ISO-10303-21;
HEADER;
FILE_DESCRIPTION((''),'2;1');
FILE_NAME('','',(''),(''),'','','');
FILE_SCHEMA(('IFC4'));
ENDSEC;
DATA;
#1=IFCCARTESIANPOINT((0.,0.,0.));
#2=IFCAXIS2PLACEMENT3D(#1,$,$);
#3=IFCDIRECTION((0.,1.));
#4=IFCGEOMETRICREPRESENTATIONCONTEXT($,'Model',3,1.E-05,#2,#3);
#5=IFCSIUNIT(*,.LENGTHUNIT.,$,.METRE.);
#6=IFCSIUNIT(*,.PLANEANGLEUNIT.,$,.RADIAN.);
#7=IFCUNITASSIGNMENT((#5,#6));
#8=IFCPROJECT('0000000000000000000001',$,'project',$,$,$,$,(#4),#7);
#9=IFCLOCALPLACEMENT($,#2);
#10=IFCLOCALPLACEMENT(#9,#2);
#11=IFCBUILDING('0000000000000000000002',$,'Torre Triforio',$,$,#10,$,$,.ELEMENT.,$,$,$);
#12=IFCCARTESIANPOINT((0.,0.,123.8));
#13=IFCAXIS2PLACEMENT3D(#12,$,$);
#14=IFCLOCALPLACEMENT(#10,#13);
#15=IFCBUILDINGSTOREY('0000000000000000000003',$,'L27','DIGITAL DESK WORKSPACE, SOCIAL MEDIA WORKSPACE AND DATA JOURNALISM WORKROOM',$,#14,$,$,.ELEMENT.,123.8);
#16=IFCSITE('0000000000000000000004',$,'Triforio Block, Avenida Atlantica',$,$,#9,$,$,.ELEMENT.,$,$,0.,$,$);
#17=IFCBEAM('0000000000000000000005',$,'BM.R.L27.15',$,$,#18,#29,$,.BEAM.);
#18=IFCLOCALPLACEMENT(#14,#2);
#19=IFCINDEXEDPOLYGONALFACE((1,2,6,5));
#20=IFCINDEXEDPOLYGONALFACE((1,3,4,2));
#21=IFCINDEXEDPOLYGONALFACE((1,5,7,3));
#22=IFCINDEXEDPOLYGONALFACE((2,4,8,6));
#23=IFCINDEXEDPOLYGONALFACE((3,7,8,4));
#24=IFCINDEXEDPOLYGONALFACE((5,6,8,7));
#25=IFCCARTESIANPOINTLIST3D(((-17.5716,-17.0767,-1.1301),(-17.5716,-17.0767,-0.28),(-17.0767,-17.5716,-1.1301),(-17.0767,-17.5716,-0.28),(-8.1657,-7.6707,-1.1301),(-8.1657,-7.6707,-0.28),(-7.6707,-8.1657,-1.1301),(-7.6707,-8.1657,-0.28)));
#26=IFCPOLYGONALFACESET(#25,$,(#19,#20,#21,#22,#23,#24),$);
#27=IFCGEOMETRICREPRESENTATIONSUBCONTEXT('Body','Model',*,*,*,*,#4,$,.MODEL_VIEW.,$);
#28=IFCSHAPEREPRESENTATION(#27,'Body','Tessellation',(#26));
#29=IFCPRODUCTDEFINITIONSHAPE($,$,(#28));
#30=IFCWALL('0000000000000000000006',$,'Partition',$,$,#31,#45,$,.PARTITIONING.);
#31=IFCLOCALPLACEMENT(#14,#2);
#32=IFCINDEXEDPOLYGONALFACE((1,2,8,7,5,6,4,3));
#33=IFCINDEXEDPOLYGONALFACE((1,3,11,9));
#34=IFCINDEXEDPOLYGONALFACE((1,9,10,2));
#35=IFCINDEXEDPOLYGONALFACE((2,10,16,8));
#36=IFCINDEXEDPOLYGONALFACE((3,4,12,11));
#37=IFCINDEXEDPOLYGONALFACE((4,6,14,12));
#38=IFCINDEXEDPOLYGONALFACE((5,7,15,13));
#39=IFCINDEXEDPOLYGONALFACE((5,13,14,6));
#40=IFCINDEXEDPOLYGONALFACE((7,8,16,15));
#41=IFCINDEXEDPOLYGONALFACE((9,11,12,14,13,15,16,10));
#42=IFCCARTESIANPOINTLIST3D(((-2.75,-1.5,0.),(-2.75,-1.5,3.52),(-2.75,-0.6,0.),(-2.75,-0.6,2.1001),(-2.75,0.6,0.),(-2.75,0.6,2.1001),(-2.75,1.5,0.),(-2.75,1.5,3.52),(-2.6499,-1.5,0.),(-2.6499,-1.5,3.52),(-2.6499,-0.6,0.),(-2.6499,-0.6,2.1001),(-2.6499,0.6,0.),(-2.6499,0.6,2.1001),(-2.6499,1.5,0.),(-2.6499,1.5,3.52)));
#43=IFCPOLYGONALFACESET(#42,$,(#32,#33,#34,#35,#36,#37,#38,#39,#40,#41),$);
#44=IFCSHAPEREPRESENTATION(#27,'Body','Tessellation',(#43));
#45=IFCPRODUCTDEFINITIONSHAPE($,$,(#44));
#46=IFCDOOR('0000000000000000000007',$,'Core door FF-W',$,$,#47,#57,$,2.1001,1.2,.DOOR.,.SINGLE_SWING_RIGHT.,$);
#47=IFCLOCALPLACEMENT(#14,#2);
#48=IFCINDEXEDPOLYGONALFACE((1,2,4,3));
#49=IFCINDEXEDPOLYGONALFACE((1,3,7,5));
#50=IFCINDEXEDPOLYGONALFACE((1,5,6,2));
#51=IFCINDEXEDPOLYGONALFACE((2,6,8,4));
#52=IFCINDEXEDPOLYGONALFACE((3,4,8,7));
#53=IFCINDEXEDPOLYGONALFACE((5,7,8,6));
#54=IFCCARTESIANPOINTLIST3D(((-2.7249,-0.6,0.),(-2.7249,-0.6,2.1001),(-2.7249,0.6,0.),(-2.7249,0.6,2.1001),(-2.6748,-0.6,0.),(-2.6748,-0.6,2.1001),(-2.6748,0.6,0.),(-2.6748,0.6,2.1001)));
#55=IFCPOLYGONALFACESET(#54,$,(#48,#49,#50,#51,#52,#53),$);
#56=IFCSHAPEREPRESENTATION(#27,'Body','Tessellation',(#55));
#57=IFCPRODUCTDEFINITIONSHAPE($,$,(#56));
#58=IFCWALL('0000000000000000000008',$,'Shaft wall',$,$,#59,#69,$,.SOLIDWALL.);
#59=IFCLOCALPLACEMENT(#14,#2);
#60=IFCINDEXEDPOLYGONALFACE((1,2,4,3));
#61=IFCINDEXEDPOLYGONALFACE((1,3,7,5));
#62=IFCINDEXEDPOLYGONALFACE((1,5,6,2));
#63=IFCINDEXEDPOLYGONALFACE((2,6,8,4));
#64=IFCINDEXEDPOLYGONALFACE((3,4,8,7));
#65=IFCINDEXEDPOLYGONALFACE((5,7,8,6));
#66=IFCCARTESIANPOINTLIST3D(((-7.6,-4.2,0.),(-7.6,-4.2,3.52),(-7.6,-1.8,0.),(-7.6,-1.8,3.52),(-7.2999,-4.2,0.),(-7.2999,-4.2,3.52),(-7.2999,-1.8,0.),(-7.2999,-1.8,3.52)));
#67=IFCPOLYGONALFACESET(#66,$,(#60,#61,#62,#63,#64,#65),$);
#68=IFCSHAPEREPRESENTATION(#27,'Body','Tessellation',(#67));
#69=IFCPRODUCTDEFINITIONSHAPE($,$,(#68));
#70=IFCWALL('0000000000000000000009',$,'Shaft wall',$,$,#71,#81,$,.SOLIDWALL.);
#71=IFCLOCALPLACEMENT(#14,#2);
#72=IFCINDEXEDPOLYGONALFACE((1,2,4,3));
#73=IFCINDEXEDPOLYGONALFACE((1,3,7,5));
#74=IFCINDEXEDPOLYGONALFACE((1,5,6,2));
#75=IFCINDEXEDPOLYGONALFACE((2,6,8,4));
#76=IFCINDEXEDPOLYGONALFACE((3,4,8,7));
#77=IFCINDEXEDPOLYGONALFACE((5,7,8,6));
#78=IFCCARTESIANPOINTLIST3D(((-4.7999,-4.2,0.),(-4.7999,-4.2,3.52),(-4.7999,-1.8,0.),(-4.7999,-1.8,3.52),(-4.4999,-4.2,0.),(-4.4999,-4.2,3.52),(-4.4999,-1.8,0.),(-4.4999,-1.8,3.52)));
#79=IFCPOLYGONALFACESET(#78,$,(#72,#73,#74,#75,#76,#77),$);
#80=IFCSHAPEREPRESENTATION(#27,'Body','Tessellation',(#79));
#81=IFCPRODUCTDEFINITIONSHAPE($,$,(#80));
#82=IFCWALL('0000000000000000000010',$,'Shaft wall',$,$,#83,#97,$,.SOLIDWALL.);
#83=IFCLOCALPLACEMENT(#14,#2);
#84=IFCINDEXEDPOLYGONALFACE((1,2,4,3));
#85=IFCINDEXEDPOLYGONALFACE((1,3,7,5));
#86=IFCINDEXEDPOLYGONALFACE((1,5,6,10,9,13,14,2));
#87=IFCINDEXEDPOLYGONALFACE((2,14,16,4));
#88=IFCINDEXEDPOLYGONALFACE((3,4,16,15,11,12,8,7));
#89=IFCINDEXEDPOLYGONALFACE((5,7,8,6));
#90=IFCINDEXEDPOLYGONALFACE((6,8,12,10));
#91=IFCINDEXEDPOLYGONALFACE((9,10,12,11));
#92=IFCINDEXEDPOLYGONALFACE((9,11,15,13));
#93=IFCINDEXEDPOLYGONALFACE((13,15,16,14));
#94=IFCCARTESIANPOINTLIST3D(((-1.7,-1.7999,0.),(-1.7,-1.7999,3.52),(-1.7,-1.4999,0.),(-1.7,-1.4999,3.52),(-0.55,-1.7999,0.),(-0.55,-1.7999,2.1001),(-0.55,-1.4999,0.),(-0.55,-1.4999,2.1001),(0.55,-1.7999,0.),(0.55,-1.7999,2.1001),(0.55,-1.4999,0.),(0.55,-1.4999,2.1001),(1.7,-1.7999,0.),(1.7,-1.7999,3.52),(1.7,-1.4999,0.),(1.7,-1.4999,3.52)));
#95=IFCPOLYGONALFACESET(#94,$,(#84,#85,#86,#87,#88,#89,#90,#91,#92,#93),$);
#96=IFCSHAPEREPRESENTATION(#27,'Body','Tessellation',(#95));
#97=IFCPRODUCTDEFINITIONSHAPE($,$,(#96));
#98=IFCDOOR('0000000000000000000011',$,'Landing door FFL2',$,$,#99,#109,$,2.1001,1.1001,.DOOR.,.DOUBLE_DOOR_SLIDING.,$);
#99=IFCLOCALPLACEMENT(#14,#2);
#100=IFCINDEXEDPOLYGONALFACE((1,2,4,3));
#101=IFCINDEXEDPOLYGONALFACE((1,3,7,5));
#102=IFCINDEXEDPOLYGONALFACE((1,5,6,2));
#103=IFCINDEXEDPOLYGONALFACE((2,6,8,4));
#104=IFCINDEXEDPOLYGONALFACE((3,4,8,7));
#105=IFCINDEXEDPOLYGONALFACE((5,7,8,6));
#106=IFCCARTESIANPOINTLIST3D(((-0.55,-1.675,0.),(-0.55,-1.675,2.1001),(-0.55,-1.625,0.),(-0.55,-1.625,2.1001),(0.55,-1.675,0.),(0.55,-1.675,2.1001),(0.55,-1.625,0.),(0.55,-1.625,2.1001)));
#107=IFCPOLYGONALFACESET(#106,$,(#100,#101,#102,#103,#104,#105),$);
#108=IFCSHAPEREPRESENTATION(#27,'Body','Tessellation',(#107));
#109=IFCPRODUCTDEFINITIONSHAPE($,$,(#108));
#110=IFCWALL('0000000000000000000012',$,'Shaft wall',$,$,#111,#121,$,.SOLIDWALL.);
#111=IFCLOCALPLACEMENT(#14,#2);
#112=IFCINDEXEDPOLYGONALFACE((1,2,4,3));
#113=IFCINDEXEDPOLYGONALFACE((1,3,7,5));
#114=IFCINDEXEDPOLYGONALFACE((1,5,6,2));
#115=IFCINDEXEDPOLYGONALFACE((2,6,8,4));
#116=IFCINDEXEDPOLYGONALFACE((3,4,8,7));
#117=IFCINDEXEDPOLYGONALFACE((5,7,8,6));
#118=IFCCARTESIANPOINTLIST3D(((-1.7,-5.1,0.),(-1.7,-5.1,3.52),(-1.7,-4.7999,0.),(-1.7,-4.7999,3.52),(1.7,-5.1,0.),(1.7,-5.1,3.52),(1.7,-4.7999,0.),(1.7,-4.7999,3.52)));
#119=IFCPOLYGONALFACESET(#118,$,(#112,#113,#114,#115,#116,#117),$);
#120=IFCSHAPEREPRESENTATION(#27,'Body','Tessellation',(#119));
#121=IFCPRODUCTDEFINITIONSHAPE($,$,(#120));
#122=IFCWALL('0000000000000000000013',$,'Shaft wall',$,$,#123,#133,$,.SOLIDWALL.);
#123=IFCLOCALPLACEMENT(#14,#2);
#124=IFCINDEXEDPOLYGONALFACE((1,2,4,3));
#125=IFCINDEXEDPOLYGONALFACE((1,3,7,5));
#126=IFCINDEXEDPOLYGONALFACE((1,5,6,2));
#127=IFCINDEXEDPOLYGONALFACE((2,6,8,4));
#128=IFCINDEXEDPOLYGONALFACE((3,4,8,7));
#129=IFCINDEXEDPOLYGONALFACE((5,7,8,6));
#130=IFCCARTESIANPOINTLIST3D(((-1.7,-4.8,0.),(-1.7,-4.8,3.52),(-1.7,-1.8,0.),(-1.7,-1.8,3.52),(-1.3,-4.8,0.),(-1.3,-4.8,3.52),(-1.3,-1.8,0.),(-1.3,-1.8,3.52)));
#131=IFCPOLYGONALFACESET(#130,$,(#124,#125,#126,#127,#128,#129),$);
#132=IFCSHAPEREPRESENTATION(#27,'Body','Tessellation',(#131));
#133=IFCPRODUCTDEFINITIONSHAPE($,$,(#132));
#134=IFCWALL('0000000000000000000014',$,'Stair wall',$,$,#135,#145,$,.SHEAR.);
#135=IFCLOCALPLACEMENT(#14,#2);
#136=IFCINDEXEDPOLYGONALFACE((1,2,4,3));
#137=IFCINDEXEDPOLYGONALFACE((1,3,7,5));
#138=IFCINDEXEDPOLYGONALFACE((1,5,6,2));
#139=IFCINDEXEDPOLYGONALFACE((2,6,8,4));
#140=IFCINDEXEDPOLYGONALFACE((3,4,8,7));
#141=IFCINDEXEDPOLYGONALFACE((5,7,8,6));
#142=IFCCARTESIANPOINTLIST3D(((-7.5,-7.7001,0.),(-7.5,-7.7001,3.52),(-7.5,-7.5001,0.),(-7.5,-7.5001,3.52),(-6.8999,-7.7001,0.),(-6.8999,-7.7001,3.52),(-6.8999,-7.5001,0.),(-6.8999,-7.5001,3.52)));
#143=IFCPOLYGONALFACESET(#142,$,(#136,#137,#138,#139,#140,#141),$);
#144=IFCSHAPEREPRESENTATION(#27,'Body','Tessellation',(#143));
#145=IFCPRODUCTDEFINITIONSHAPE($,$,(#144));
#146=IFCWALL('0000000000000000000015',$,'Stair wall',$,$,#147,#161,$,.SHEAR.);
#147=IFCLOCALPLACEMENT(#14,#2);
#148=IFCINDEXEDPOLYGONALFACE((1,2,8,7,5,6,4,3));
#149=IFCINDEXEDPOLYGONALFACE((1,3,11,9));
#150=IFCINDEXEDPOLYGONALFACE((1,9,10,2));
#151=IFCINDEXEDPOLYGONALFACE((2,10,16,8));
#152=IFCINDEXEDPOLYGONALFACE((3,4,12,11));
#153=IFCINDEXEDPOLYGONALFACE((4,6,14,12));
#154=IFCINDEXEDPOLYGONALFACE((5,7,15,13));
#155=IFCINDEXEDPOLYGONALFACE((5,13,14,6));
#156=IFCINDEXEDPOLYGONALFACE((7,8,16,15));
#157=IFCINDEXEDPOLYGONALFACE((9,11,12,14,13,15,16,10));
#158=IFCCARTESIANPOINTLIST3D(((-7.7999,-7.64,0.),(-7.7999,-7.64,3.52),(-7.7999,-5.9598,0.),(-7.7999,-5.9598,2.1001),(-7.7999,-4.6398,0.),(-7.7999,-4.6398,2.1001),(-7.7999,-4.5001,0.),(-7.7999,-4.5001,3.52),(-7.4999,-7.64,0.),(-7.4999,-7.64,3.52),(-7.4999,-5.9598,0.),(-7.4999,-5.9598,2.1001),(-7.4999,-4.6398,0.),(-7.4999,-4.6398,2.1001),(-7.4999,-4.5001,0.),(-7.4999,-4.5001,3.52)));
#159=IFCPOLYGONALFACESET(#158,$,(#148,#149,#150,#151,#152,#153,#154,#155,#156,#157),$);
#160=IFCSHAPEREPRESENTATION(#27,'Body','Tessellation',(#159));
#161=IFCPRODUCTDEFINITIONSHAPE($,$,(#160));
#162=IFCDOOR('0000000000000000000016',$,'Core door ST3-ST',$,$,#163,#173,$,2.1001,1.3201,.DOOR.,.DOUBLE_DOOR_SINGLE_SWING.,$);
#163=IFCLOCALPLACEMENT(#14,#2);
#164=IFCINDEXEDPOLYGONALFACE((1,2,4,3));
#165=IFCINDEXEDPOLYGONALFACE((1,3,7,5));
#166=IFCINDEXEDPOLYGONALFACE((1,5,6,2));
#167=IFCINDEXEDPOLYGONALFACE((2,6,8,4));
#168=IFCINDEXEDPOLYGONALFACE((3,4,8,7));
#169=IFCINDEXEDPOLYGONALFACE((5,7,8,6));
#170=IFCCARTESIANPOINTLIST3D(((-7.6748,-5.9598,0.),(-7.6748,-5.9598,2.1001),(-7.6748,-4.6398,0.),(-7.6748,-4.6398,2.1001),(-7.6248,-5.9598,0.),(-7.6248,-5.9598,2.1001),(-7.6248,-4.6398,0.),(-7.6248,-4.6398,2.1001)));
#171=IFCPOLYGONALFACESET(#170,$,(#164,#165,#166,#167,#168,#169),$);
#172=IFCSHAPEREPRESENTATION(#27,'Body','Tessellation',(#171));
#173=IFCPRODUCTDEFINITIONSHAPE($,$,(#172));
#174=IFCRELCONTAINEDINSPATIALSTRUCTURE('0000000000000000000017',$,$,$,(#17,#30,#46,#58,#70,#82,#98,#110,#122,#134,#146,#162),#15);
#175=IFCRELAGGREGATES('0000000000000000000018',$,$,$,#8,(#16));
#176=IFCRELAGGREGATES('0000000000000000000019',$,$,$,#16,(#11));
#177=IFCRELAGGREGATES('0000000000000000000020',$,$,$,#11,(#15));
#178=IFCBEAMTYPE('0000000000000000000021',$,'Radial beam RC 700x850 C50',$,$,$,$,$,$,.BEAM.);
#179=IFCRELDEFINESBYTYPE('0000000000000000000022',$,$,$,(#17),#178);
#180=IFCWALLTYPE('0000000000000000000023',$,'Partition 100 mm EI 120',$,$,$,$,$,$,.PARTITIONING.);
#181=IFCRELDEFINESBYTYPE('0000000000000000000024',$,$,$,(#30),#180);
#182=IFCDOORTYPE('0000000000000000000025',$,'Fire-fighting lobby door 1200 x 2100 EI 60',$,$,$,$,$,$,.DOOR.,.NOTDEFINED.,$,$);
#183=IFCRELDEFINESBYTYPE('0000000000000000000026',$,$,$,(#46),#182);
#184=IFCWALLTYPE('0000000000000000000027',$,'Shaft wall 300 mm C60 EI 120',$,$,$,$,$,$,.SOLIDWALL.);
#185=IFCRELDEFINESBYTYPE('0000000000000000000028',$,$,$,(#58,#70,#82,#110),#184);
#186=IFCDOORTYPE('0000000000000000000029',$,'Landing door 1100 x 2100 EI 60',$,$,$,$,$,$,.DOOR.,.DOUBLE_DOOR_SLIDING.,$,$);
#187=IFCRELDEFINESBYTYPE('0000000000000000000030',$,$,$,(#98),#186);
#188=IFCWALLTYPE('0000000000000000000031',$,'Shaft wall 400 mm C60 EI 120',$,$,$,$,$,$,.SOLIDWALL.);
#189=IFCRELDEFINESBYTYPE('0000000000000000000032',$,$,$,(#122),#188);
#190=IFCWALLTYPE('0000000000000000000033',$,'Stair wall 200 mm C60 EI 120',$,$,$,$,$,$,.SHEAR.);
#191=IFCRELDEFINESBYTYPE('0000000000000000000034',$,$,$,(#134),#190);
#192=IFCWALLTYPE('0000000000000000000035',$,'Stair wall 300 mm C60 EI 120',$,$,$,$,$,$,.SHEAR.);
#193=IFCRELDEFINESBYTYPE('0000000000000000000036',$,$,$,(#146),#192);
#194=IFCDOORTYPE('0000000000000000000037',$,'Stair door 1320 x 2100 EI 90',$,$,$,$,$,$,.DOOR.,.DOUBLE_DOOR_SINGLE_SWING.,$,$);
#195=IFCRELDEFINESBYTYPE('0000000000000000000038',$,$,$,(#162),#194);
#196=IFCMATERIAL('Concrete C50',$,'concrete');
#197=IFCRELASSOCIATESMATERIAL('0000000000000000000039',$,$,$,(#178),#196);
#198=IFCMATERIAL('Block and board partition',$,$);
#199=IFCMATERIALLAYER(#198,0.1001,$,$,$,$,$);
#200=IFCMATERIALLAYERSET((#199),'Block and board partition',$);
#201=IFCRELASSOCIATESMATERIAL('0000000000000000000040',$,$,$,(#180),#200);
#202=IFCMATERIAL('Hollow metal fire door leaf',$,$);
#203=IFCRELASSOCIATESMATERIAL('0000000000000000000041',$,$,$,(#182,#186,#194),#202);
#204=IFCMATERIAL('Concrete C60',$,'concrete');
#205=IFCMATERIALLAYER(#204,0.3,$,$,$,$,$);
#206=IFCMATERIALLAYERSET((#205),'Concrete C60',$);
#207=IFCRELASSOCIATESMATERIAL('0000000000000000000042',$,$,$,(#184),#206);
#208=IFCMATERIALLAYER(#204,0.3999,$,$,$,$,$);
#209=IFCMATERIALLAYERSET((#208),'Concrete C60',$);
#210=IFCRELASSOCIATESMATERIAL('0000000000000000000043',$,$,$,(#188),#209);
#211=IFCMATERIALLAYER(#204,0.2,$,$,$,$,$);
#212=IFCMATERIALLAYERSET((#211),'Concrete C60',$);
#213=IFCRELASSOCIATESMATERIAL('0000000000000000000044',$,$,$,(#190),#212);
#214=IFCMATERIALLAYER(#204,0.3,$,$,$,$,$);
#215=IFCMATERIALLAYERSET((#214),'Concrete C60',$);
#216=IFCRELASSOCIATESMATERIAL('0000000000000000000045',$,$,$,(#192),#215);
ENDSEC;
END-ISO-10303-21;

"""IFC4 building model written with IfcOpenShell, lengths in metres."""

from ifc_helpers import new_model, si_unit, direction, frame, frame_2d, origin, origin_2d, place, context, subcontext, project, spatial, rectangle, extrude, material, layer, layer_set, material_profile, profile_set, type_object, element, fill, save


model = new_model("IFC4")

# Units and contexts
model_context = context("Model", 3, precision=1e-05, world=origin(), true_north=direction((0.0, 1.0)))
body_context = subcontext(model_context, "Body", "Model", "MODEL_VIEW")
ifc_project = project(units=[si_unit("LENGTHUNIT", "METRE"), si_unit("PLANEANGLEUNIT", "RADIAN")], contexts=[model_context])

# Site, building, storey
site_placement = place(None, origin())
site = spatial("IfcSite", under=ifc_project, at=site_placement, Name="Triforio Block, Avenida Atlantica", CompositionType="ELEMENT", RefElevation=0.0)
building_placement = place(site_placement, origin())
building = spatial("IfcBuilding", under=site, at=building_placement, Name="Torre Triforio", CompositionType="ELEMENT")
storey_placement = place(building_placement, frame((0.0, 0.0, 123.8)))
storey = spatial("IfcBuildingStorey", under=building, at=storey_placement, Name="L27", Description="DIGITAL DESK WORKSPACE, SOCIAL MEDIA WORKSPACE AND DATA JOURNALISM WORKROOM", CompositionType="ELEMENT", Elevation=123.8)

# Beam
ifc_material_1 = material(Name="Concrete C50", Category="concrete")
ifc_material_profile = material_profile(ifc_material_1, rectangle(XDim=0.7, YDim=0.8501, at=origin_2d()), Name="RC 700x850")
ifc_profile_set = profile_set([ifc_material_profile], Name="Concrete C50")
beam_type = type_object("IfcBeamType", Name="Radial beam RC 700x850 C50", PredefinedType="BEAM", material=ifc_profile_set)
beam_placement = place(storey_placement, frame((-7.9182, -7.9182, -0.7051), z_axis=(-0.707107, -0.707107, 0.0), x_axis=(0.707107, -0.707107, 0.0)))
element("IfcBeam", 1, at=beam_placement, inside=storey, type_object=beam_type, Name="BM.R.L27.15", PredefinedType="BEAM", context=body_context, shape_type="SweptSolid", body=[
    extrude(rectangle(XDim=0.7, YDim=0.8501, at=origin_2d()), origin(), (0.0, 0.0, 1.0), 13.302),
])

# Wall, opening, door
ifc_material_2 = material(Name="Block and board partition")
ifc_layer_1 = layer(ifc_material_2, 0.1001)
ifc_layer_set_1 = layer_set([ifc_layer_1], Name="Block and board partition")
wall_type_1 = type_object("IfcWallType", Name="Partition 100 mm EI 120", PredefinedType="PARTITIONING", material=ifc_layer_set_1)
wall_1_placement = place(storey_placement, frame((-2.7, -1.5, 0.0), z_axis=(0.0, 0.0, 1.0), x_axis=(0.0, 1.0, 0.0)))
wall_1 = element("IfcWall", 2, at=wall_1_placement, inside=storey, type_object=wall_type_1, Name="Partition", PredefinedType="PARTITIONING", context=body_context, shape_type="SweptSolid", body=[
    extrude(rectangle(XDim=3.0, YDim=0.1001, at=frame_2d((1.5, 0.0))), origin(), (0.0, 0.0, 1.0), 3.52),
])
opening_1_placement = place(wall_1_placement, frame((0.8999, 0.0, 0.0)))
opening_1 = element("IfcOpeningElement", 3, at=opening_1_placement, cuts=wall_1, PredefinedType="OPENING", context=body_context, shape_type="SweptSolid", body=[
    extrude(rectangle(XDim=1.2, YDim=2.1001, at=frame_2d((0.6001, 1.05))), frame((0.0, 0.0601, 0.0), z_axis=(0.0, -1.0, 0.0), x_axis=(1.0, 0.0, 0.0)), (0.0, 0.0, 1.0), 0.1201),
])
ifc_material_3 = material(Name="Hollow metal fire door leaf")
door_type_1 = type_object("IfcDoorType", Name="Fire-fighting lobby door 1200 x 2100 EI 60", OperationType="NOTDEFINED", PredefinedType="DOOR", material=ifc_material_3)
door_1_placement = place(opening_1_placement, origin())
door_1 = element("IfcDoor", 4, at=door_1_placement, inside=storey, type_object=door_type_1, Name="Core door FF-W", OperationType="SINGLE_SWING_RIGHT", OverallHeight=2.1001, OverallWidth=1.2, PredefinedType="DOOR", context=body_context, shape_type="SweptSolid", body=[
    extrude(rectangle(XDim=1.2, YDim=2.1001, at=frame_2d((0.6001, 1.05))), frame((0.0, 0.0249, 0.0), z_axis=(0.0, -1.0, 0.0), x_axis=(1.0, 0.0, 0.0)), (0.0, 0.0, 1.0), 0.05),
])
fill(opening_1, door_1)

# Walls
ifc_material_4 = material(Name="Concrete C60", Category="concrete")
ifc_layer_2 = layer(ifc_material_4, 0.3)
ifc_layer_set_2 = layer_set([ifc_layer_2], Name="Concrete C60")
wall_type_2 = type_object("IfcWallType", Name="Shaft wall 300 mm C60 EI 120", PredefinedType="SOLIDWALL", material=ifc_layer_set_2)
for number, where, z_axis, x_axis, name in (
    (5, (-7.45, -4.2, 0.0), (0.0, 0.0, 1.0), (0.0, 1.0, 0.0), "Shaft wall"),
    (6, (-4.6499, -4.2, 0.0), (0.0, 0.0, 1.0), (0.0, 1.0, 0.0), "Shaft wall"),
):
    element("IfcWall", number, at=place(storey_placement, frame(where, z_axis=z_axis, x_axis=x_axis)), inside=storey, type_object=wall_type_2, Name=name, PredefinedType="SOLIDWALL", context=body_context, shape_type="SweptSolid", body=[
        extrude(rectangle(XDim=2.3999, YDim=0.3, at=frame_2d((1.2, 0.0))), origin(), (0.0, 0.0, 1.0), 3.52),
    ])

# Wall, opening, door
wall_2_placement = place(storey_placement, frame((-1.7, -1.6499, 0.0), z_axis=(0.0, 0.0, 1.0), x_axis=(1.0, 0.0, 0.0)))
wall_2 = element("IfcWall", 7, at=wall_2_placement, inside=storey, type_object=wall_type_2, Name="Shaft wall", PredefinedType="SOLIDWALL", context=body_context, shape_type="SweptSolid", body=[
    extrude(rectangle(XDim=3.3999, YDim=0.3, at=frame_2d((1.7, 0.0))), origin(), (0.0, 0.0, 1.0), 3.52),
])
opening_2_placement = place(wall_2_placement, frame((1.1499, 0.0, 0.0)))
opening_2 = element("IfcOpeningElement", 8, at=opening_2_placement, cuts=wall_2, PredefinedType="OPENING", context=body_context, shape_type="SweptSolid", body=[
    extrude(rectangle(XDim=1.1001, YDim=2.1001, at=frame_2d((0.55, 1.05))), frame((0.0, 0.1599, 0.0), z_axis=(0.0, -1.0, 0.0), x_axis=(1.0, 0.0, 0.0)), (0.0, 0.0, 1.0), 0.3201),
])
door_type_2 = type_object("IfcDoorType", Name="Landing door 1100 x 2100 EI 60", OperationType="DOUBLE_DOOR_SLIDING", PredefinedType="DOOR", material=ifc_material_3)
door_2_placement = place(opening_2_placement, origin())
door_2 = element("IfcDoor", 9, at=door_2_placement, inside=storey, type_object=door_type_2, Name="Landing door FFL2", OperationType="DOUBLE_DOOR_SLIDING", OverallHeight=2.1001, OverallWidth=1.1001, PredefinedType="DOOR", context=body_context, shape_type="SweptSolid", body=[
    extrude(rectangle(XDim=1.1001, YDim=2.1001, at=frame_2d((0.55, 1.05))), frame((0.0, 0.0249, 0.0), z_axis=(0.0, -1.0, 0.0), x_axis=(1.0, 0.0, 0.0)), (0.0, 0.0, 1.0), 0.05),
])
fill(opening_2, door_2)

# Walls
wall_3_placement = place(storey_placement, frame((-1.7, -4.95, 0.0), z_axis=(0.0, 0.0, 1.0), x_axis=(1.0, 0.0, 0.0)))
element("IfcWall", 10, at=wall_3_placement, inside=storey, type_object=wall_type_2, Name="Shaft wall", PredefinedType="SOLIDWALL", context=body_context, shape_type="SweptSolid", body=[
    extrude(rectangle(XDim=3.3999, YDim=0.3, at=frame_2d((1.7, 0.0))), origin(), (0.0, 0.0, 1.0), 3.52),
])
ifc_layer_3 = layer(ifc_material_4, 0.3999)
ifc_layer_set_3 = layer_set([ifc_layer_3], Name="Concrete C60")
wall_type_3 = type_object("IfcWallType", Name="Shaft wall 400 mm C60 EI 120", PredefinedType="SOLIDWALL", material=ifc_layer_set_3)
wall_4_placement = place(storey_placement, frame((-1.5, -4.8, 0.0), z_axis=(0.0, 0.0, 1.0), x_axis=(0.0, 1.0, 0.0)))
element("IfcWall", 11, at=wall_4_placement, inside=storey, type_object=wall_type_3, Name="Shaft wall", PredefinedType="SOLIDWALL", context=body_context, shape_type="SweptSolid", body=[
    extrude(rectangle(XDim=3.0, YDim=0.3999, at=frame_2d((1.5, 0.0))), origin(), (0.0, 0.0, 1.0), 3.52),
])
ifc_layer_4 = layer(ifc_material_4, 0.2)
ifc_layer_set_4 = layer_set([ifc_layer_4], Name="Concrete C60")
wall_type_4 = type_object("IfcWallType", Name="Stair wall 200 mm C60 EI 120", PredefinedType="SHEAR", material=ifc_layer_set_4)
wall_5_placement = place(storey_placement, frame((-7.5, -7.6001, 0.0), z_axis=(0.0, 0.0, 1.0), x_axis=(1.0, 0.0, 0.0)))
element("IfcWall", 12, at=wall_5_placement, inside=storey, type_object=wall_type_4, Name="Stair wall", PredefinedType="SHEAR", context=body_context, shape_type="SweptSolid", body=[
    extrude(rectangle(XDim=0.6001, YDim=0.2, at=frame_2d((0.3, 0.0))), origin(), (0.0, 0.0, 1.0), 3.52),
])

# Wall, opening, door
ifc_layer_5 = layer(ifc_material_4, 0.3)
ifc_layer_set_5 = layer_set([ifc_layer_5], Name="Concrete C60")
wall_type_5 = type_object("IfcWallType", Name="Stair wall 300 mm C60 EI 120", PredefinedType="SHEAR", material=ifc_layer_set_5)
wall_6_placement = place(storey_placement, frame((-7.6499, -7.6399, 0.0), z_axis=(0.0, 0.0, 1.0), x_axis=(0.0, 1.0, 0.0)))
wall_6 = element("IfcWall", 13, at=wall_6_placement, inside=storey, type_object=wall_type_5, Name="Stair wall", PredefinedType="SHEAR", context=body_context, shape_type="SweptSolid", body=[
    extrude(rectangle(XDim=3.1399, YDim=0.3, at=frame_2d((1.5698, 0.0))), origin(), (0.0, 0.0, 1.0), 3.52),
])
opening_3_placement = place(wall_6_placement, frame((1.6799, 0.0, 0.0)))
opening_3 = element("IfcOpeningElement", 14, at=opening_3_placement, cuts=wall_6, PredefinedType="OPENING", context=body_context, shape_type="SweptSolid", body=[
    extrude(rectangle(XDim=1.3201, YDim=2.1001, at=frame_2d((0.6602, 1.05))), frame((0.0, 0.1599, 0.0), z_axis=(0.0, -1.0, 0.0), x_axis=(1.0, 0.0, 0.0)), (0.0, 0.0, 1.0), 0.3201),
])
door_type_3 = type_object("IfcDoorType", Name="Stair door 1320 x 2100 EI 90", OperationType="DOUBLE_DOOR_SINGLE_SWING", PredefinedType="DOOR", material=ifc_material_3)
door_3_placement = place(opening_3_placement, origin())
door_3 = element("IfcDoor", 15, at=door_3_placement, inside=storey, type_object=door_type_3, Name="Core door ST3-ST", OperationType="DOUBLE_DOOR_SINGLE_SWING", OverallHeight=2.1001, OverallWidth=1.3201, PredefinedType="DOOR", context=body_context, shape_type="SweptSolid", body=[
    extrude(rectangle(XDim=1.3201, YDim=2.1001, at=frame_2d((0.6602, 1.05))), frame((0.0, 0.0249, 0.0), z_axis=(0.0, -1.0, 0.0), x_axis=(1.0, 0.0, 0.0)), (0.0, 0.0, 1.0), 0.05),
])
fill(opening_3, door_3)

save(model, "model.ifc")
